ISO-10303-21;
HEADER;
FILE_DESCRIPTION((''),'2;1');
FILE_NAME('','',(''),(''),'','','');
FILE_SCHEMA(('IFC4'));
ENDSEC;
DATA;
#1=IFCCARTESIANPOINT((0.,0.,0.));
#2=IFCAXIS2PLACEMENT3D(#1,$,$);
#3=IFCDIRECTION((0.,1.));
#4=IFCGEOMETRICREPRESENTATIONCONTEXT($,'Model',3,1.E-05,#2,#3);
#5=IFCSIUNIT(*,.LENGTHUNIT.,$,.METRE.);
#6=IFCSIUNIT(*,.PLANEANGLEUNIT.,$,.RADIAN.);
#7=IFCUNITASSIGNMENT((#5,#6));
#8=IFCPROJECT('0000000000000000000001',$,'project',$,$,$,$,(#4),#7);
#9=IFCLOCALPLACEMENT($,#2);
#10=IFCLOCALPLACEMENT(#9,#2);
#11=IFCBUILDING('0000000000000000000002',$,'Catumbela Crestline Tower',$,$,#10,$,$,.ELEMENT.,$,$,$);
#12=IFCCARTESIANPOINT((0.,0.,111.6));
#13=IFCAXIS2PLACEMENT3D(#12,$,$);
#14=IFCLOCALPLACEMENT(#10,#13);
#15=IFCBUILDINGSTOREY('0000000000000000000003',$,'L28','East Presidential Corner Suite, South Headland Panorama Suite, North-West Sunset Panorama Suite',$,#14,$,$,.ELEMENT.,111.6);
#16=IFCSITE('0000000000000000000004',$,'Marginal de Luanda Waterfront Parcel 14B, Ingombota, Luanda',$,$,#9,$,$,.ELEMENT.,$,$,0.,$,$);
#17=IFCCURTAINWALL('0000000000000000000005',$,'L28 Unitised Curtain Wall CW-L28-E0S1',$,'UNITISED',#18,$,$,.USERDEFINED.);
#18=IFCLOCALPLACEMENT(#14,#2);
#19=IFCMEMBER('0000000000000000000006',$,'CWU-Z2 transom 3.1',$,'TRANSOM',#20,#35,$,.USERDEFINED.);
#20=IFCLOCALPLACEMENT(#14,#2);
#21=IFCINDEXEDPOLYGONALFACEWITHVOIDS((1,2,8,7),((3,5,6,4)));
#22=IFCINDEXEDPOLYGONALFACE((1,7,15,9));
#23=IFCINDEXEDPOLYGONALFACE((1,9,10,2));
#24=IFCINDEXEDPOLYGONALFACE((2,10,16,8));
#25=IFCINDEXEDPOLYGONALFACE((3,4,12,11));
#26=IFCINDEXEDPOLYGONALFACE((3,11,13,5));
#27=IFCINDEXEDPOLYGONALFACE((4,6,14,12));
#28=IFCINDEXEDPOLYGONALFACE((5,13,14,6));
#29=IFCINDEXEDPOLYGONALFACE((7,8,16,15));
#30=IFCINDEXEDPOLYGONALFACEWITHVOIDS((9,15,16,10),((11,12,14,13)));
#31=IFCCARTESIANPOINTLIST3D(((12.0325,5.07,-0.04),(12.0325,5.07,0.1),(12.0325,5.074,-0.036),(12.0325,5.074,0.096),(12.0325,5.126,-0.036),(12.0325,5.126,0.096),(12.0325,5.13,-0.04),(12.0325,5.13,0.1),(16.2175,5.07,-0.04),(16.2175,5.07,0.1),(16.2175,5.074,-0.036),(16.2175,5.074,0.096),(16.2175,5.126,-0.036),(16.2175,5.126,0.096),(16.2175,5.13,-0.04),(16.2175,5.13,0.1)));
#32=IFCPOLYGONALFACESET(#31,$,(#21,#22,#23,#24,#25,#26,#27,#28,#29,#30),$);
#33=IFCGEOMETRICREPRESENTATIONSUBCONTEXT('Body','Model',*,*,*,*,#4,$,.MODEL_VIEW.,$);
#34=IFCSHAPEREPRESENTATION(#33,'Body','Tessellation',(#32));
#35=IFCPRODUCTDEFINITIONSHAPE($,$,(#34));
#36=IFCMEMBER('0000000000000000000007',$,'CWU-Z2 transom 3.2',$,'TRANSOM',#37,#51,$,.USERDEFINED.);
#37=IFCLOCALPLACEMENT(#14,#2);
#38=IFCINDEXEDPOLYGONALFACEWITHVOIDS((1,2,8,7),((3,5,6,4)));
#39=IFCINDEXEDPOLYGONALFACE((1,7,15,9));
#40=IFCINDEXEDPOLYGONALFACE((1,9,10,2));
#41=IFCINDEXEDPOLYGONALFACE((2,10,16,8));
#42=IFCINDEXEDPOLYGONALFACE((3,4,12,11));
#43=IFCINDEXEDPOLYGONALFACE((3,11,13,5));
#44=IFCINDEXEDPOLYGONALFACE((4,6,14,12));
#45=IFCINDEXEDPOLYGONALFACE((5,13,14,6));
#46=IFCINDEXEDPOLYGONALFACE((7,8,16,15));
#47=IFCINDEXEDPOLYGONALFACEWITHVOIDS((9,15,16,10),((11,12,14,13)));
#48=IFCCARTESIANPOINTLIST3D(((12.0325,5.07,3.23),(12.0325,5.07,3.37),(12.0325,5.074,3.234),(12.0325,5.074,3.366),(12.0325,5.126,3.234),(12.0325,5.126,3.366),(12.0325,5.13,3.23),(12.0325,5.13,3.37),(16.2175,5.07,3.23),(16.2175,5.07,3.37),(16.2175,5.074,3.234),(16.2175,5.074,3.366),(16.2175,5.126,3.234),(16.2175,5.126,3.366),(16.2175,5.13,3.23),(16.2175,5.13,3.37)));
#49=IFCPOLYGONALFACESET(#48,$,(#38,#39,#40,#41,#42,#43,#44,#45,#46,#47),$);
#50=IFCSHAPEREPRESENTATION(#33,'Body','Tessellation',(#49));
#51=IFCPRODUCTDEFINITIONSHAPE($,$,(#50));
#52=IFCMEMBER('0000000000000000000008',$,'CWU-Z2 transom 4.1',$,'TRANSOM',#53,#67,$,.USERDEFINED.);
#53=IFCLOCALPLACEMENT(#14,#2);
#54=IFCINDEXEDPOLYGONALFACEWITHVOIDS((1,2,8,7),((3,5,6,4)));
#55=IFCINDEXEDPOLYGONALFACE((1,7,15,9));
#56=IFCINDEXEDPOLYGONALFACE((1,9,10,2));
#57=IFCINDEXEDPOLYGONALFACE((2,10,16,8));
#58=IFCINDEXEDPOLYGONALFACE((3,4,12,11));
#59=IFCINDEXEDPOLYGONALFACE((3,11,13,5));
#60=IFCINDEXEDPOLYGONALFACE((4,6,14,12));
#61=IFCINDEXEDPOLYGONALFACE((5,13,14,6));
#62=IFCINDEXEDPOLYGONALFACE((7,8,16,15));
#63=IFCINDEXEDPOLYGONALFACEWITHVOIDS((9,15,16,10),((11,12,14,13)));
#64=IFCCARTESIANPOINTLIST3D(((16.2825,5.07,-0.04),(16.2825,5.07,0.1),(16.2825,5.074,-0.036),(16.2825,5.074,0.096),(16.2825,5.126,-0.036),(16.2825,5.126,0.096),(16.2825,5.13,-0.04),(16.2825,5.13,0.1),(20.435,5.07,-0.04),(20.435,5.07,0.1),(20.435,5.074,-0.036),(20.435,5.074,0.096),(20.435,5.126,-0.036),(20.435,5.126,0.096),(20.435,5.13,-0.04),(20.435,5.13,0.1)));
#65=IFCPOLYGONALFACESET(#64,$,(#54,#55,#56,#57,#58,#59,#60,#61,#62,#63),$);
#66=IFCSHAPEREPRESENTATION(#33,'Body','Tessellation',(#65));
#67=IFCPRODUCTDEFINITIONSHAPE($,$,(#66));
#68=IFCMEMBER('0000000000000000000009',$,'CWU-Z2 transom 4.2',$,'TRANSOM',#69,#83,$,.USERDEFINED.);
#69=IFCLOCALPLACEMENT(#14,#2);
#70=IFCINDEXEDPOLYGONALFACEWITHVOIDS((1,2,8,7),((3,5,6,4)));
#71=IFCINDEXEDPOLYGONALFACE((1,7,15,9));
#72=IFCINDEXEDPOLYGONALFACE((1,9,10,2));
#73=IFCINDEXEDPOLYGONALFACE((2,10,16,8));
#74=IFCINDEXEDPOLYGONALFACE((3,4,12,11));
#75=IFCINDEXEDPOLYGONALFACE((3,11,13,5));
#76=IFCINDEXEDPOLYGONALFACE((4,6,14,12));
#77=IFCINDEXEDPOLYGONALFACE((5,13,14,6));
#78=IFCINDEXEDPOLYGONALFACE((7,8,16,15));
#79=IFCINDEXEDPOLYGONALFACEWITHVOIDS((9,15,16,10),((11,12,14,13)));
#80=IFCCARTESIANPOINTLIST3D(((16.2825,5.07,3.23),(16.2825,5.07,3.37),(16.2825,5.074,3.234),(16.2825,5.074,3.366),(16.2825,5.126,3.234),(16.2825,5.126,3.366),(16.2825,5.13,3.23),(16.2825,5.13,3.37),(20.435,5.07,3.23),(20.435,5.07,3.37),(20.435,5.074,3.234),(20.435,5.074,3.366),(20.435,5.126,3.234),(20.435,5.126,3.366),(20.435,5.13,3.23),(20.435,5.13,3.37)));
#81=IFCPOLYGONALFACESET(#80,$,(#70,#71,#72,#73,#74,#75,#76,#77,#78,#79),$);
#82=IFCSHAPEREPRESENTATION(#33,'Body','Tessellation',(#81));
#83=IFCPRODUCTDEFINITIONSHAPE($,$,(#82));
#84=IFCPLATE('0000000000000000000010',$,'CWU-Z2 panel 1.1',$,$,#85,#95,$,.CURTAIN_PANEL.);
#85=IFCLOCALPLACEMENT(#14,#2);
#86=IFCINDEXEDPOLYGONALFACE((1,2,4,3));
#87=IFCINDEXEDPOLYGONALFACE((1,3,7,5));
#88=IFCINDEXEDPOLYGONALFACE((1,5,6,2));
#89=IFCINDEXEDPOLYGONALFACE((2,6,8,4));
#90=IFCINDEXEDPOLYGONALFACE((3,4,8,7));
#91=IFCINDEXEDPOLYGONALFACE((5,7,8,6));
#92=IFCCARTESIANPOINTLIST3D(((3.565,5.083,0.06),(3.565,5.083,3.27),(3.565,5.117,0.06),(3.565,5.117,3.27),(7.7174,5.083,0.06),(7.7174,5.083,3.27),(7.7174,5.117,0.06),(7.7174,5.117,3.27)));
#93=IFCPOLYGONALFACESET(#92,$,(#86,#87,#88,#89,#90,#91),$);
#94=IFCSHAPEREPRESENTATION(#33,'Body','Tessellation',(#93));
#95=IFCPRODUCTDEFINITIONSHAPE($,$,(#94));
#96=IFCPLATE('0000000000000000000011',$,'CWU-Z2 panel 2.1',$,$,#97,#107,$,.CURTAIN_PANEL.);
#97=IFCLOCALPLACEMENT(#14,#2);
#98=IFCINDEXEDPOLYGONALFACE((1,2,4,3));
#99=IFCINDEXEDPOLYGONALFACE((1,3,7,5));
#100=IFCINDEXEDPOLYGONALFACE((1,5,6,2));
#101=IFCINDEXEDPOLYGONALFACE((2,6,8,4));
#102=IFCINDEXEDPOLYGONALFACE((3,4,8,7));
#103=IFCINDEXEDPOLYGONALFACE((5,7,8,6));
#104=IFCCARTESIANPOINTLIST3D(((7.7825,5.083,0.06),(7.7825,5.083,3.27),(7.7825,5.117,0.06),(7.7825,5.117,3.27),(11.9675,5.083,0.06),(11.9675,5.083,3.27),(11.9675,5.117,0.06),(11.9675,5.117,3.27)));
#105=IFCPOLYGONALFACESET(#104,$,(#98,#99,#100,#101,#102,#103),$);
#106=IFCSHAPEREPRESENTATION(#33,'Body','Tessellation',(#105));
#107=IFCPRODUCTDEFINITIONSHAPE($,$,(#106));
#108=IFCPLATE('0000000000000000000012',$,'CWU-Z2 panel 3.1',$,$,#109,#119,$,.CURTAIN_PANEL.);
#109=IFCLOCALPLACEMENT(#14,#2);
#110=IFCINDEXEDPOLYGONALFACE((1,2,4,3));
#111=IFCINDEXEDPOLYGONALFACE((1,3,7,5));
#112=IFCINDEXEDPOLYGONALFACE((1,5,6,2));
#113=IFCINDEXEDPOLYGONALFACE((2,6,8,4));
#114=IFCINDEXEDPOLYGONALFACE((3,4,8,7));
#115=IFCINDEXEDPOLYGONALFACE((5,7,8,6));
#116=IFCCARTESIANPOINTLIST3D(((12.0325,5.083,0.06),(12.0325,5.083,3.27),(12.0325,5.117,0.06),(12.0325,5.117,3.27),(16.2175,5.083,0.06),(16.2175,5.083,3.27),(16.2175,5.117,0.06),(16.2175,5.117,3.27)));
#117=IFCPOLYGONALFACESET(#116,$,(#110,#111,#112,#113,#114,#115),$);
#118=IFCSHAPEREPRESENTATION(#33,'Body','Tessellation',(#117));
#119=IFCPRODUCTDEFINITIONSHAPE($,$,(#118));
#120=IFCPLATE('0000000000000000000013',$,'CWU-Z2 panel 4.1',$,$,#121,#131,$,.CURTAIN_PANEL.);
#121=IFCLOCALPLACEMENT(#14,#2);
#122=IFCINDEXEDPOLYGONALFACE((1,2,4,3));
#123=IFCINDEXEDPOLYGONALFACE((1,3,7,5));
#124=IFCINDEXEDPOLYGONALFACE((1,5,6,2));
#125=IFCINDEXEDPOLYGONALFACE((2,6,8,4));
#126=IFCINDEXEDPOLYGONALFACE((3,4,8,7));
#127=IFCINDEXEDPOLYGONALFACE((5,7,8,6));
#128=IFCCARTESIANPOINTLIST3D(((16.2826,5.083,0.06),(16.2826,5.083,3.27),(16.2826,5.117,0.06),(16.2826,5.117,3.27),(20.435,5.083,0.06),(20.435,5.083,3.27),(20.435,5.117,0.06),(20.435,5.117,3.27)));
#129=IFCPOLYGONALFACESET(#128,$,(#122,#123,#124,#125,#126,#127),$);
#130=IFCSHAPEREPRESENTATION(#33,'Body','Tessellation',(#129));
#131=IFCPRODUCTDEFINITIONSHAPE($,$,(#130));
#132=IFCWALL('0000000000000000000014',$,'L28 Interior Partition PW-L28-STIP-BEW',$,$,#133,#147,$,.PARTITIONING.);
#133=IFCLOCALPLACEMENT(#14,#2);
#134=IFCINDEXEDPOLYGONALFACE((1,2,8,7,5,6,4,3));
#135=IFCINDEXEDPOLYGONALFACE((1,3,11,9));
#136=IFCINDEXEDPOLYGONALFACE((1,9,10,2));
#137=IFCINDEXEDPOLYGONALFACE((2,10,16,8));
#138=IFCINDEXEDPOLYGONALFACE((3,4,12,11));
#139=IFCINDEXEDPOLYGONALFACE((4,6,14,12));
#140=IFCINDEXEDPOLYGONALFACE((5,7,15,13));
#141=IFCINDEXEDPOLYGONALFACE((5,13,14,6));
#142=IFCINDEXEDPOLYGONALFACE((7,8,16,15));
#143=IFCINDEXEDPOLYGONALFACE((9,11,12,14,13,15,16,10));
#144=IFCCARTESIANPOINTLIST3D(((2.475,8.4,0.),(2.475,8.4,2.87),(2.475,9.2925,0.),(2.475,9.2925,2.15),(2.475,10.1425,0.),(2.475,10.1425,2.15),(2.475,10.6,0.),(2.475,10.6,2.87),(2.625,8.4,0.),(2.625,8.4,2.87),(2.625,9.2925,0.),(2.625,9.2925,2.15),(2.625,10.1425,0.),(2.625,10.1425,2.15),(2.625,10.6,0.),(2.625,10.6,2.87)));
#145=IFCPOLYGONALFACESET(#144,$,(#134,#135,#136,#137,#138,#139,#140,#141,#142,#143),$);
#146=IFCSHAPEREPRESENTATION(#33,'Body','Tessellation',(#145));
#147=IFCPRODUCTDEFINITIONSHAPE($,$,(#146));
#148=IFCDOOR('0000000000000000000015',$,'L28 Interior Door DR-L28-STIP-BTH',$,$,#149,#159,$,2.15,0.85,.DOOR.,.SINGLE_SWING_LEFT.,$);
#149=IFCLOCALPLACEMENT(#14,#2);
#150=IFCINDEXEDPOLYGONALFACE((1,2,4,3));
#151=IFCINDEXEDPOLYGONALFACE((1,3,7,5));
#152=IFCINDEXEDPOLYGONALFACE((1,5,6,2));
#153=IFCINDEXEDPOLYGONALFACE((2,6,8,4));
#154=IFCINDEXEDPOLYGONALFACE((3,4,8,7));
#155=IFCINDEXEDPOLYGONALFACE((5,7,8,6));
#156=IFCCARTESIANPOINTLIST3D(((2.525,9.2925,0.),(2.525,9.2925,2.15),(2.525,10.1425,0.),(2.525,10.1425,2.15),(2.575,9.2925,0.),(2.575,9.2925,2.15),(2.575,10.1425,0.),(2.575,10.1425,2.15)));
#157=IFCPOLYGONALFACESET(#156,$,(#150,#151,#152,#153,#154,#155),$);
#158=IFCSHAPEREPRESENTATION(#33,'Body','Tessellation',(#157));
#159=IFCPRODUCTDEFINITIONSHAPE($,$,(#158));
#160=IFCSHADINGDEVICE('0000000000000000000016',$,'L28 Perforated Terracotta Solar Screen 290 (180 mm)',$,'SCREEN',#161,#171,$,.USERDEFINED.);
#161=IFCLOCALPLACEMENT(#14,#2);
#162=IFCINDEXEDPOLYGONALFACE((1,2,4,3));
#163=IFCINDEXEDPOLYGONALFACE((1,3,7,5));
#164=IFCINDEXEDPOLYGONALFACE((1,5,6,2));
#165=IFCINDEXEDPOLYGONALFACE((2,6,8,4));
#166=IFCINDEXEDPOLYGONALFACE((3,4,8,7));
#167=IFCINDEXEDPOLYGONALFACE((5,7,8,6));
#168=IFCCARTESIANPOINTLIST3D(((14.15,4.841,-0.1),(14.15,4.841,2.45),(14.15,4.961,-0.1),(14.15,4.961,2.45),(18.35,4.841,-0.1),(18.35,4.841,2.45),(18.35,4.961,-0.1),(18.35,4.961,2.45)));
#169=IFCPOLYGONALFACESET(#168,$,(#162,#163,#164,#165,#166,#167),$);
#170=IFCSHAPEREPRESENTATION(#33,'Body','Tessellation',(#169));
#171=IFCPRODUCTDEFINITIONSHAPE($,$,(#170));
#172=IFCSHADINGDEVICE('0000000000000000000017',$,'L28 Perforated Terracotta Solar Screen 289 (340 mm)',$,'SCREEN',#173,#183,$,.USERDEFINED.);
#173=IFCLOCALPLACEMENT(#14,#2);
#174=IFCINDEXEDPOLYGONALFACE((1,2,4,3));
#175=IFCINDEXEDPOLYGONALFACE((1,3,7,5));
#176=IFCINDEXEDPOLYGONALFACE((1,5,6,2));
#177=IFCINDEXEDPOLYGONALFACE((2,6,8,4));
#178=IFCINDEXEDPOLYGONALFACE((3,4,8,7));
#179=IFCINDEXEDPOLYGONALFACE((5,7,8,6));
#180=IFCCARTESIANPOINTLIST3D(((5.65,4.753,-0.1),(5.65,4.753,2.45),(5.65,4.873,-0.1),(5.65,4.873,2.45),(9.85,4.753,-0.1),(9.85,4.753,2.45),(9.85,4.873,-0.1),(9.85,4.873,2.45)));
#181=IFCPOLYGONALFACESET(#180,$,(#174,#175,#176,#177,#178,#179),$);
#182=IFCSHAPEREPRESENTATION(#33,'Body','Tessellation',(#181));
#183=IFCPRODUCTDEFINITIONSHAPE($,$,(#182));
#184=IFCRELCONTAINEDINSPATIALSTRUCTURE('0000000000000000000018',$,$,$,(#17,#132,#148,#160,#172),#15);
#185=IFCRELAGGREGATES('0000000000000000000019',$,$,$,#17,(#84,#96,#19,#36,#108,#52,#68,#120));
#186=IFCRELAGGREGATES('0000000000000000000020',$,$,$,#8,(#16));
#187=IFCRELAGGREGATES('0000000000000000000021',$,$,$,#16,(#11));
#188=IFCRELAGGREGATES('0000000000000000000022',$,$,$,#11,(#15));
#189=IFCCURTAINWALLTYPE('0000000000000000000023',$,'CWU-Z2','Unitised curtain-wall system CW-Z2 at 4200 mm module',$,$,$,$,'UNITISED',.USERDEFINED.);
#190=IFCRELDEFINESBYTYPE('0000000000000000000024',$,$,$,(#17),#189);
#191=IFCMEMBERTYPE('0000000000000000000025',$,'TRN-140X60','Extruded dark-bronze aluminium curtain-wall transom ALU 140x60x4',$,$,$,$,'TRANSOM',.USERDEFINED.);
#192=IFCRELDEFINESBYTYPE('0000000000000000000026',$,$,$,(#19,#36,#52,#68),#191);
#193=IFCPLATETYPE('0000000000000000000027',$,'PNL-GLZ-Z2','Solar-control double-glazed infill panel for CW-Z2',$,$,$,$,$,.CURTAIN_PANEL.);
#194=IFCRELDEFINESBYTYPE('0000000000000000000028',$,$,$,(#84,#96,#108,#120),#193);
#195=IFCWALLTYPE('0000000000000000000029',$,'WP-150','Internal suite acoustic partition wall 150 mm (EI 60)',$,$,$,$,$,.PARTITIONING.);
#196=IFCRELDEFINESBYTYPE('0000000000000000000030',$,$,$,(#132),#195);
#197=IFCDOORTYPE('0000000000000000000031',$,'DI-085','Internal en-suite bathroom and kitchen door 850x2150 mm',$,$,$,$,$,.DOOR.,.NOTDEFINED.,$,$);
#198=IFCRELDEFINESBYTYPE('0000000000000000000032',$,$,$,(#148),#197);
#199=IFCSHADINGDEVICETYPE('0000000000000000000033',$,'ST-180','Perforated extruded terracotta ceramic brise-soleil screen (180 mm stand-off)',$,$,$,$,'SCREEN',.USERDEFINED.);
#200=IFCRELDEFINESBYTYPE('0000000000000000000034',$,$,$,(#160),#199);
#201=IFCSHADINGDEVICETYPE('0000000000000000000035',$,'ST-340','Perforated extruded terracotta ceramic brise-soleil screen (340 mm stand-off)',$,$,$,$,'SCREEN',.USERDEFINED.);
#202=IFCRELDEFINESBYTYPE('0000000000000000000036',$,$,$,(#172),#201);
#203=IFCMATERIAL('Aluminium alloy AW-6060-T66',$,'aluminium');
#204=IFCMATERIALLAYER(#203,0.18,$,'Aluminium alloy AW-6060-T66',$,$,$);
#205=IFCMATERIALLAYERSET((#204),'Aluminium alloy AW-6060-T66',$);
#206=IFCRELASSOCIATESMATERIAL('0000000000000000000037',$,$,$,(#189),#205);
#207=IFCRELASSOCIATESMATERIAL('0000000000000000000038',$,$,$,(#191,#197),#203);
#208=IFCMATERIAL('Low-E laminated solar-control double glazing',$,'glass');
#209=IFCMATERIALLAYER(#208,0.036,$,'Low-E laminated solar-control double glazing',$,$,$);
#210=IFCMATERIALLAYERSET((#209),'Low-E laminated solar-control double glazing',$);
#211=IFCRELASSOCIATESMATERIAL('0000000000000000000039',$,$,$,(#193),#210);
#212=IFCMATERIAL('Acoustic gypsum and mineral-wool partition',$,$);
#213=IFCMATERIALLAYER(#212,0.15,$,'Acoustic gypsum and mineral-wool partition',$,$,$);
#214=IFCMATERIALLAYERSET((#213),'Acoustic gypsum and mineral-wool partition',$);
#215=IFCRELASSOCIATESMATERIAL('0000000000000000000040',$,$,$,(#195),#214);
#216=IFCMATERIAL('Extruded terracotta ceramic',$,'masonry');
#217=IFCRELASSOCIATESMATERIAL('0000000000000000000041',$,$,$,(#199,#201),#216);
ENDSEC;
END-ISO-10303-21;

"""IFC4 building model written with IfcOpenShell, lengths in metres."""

from ifc_helpers import new_model, si_unit, direction, frame, frame_2d, origin, origin_2d, place, context, subcontext, project, spatial, rectangle, hollow_rectangle, extrude, material, layer, layer_set, material_profile, profile_set, type_object, element, fill, aggregate, save


model = new_model("IFC4")

# Units and contexts
model_context = context("Model", 3, precision=1e-05, world=origin(), true_north=direction((0.0, 1.0)))
body_context = subcontext(model_context, "Body", "Model", "MODEL_VIEW")
ifc_project = project(units=[si_unit("LENGTHUNIT", "METRE"), si_unit("PLANEANGLEUNIT", "RADIAN")], contexts=[model_context])

# Site, building, storey
site_placement = place(None, origin())
site = spatial("IfcSite", under=ifc_project, at=site_placement, Name="Marginal de Luanda Waterfront Parcel 14B, Ingombota, Luanda", CompositionType="ELEMENT", RefElevation=0.0)
building_placement = place(site_placement, origin())
building = spatial("IfcBuilding", under=site, at=building_placement, Name="Catumbela Crestline Tower", CompositionType="ELEMENT")
storey_placement = place(building_placement, frame((0.0, 0.0, 111.6)))
storey = spatial("IfcBuildingStorey", under=building, at=storey_placement, Name="L28", Description="East Presidential Corner Suite, South Headland Panorama Suite, North-West Sunset Panorama Suite", CompositionType="ELEMENT", Elevation=111.6)

# Curtain wall, members, plates
ifc_material_1 = material(Name="Aluminium alloy AW-6060-T66", Category="aluminium")
ifc_layer_1 = layer(ifc_material_1, 0.18, Name="Aluminium alloy AW-6060-T66")
ifc_layer_set_1 = layer_set([ifc_layer_1], Name="Aluminium alloy AW-6060-T66")
curtain_wall_type = type_object("IfcCurtainWallType", Name="CWU-Z2", Description="Unitised curtain-wall system CW-Z2 at 4200 mm module", ElementType="UNITISED", PredefinedType="USERDEFINED", material=ifc_layer_set_1)
curtain_wall_placement = place(storey_placement, origin())
curtain_wall = element("IfcCurtainWall", 1, at=curtain_wall_placement, inside=storey, type_object=curtain_wall_type, Name="L28 Unitised Curtain Wall CW-L28-E0S1", ObjectType="UNITISED", PredefinedType="USERDEFINED")
ifc_material_profile_1 = material_profile(ifc_material_1, hollow_rectangle(XDim=0.06, YDim=0.14, WallThickness=0.004, at=origin_2d()), Name="ALU 140x60x4")
ifc_profile_set_1 = profile_set([ifc_material_profile_1], Name="Aluminium alloy AW-6060-T66")
member_type_1 = type_object("IfcMemberType", Name="TRN-140X60", Description="Extruded dark-bronze aluminium curtain-wall transom ALU 140x60x4", ElementType="TRANSOM", PredefinedType="USERDEFINED", material=ifc_profile_set_1)
member_1_placement = place(storey_placement, frame((12.0325, 5.1, 0.03), z_axis=(1.0, 0.0, 0.0), x_axis=(0.0, 1.0, 0.0)))
member_1 = element("IfcMember", 2, at=member_1_placement, type_object=member_type_1, Name="CWU-Z2 transom 3.1", ObjectType="TRANSOM", PredefinedType="USERDEFINED", context=body_context, shape_type="SweptSolid", body=[
    extrude(hollow_rectangle(XDim=0.06, YDim=0.14, WallThickness=0.004, at=origin_2d()), origin(), (0.0, 0.0, 1.0), 4.185),
])
member_2_placement = place(storey_placement, frame((12.0325, 5.1, 3.3), z_axis=(1.0, 0.0, 0.0), x_axis=(0.0, 1.0, 0.0)))
member_2 = element("IfcMember", 3, at=member_2_placement, type_object=member_type_1, Name="CWU-Z2 transom 3.2", ObjectType="TRANSOM", PredefinedType="USERDEFINED", context=body_context, shape_type="SweptSolid", body=[
    extrude(hollow_rectangle(XDim=0.06, YDim=0.14, WallThickness=0.004, at=origin_2d()), origin(), (0.0, 0.0, 1.0), 4.185),
])
member_3_placement = place(storey_placement, frame((16.2825, 5.1, 0.03), z_axis=(1.0, 0.0, 0.0), x_axis=(0.0, 1.0, 0.0)))
member_3 = element("IfcMember", 4, at=member_3_placement, type_object=member_type_1, Name="CWU-Z2 transom 4.1", ObjectType="TRANSOM", PredefinedType="USERDEFINED", context=body_context, shape_type="SweptSolid", body=[
    extrude(hollow_rectangle(XDim=0.06, YDim=0.14, WallThickness=0.004, at=origin_2d()), origin(), (0.0, 0.0, 1.0), 4.1525),
])
member_4_placement = place(storey_placement, frame((16.2825, 5.1, 3.3), z_axis=(1.0, 0.0, 0.0), x_axis=(0.0, 1.0, 0.0)))
member_4 = element("IfcMember", 5, at=member_4_placement, type_object=member_type_1, Name="CWU-Z2 transom 4.2", ObjectType="TRANSOM", PredefinedType="USERDEFINED", context=body_context, shape_type="SweptSolid", body=[
    extrude(hollow_rectangle(XDim=0.06, YDim=0.14, WallThickness=0.004, at=origin_2d()), origin(), (0.0, 0.0, 1.0), 4.1525),
])
ifc_material_2 = material(Name="Low-E laminated solar-control double glazing", Category="glass")
ifc_layer_2 = layer(ifc_material_2, 0.036, Name="Low-E laminated solar-control double glazing")
ifc_layer_set_2 = layer_set([ifc_layer_2], Name="Low-E laminated solar-control double glazing")
plate_type = type_object("IfcPlateType", Name="PNL-GLZ-Z2", Description="Solar-control double-glazed infill panel for CW-Z2", PredefinedType="CURTAIN_PANEL", material=ifc_layer_set_2)
plate_1_placement = place(storey_placement, frame((5.6412, 5.1, 0.06), z_axis=(0.0, 0.0, 1.0), x_axis=(1.0, 0.0, 0.0)))
plate_1 = element("IfcPlate", 6, at=plate_1_placement, type_object=plate_type, Name="CWU-Z2 panel 1.1", PredefinedType="CURTAIN_PANEL", context=body_context, shape_type="SweptSolid", body=[
    extrude(rectangle(XDim=4.1525, YDim=0.034, at=origin_2d()), origin(), (0.0, 0.0, 1.0), 3.21),
])
plate_2_placement = place(storey_placement, frame((9.875, 5.1, 0.06), z_axis=(0.0, 0.0, 1.0), x_axis=(1.0, 0.0, 0.0)))
plate_2 = element("IfcPlate", 7, at=plate_2_placement, type_object=plate_type, Name="CWU-Z2 panel 2.1", PredefinedType="CURTAIN_PANEL", context=body_context, shape_type="SweptSolid", body=[
    extrude(rectangle(XDim=4.185, YDim=0.034, at=origin_2d()), origin(), (0.0, 0.0, 1.0), 3.21),
])
plate_3_placement = place(storey_placement, frame((14.125, 5.1, 0.06), z_axis=(0.0, 0.0, 1.0), x_axis=(1.0, 0.0, 0.0)))
plate_3 = element("IfcPlate", 8, at=plate_3_placement, type_object=plate_type, Name="CWU-Z2 panel 3.1", PredefinedType="CURTAIN_PANEL", context=body_context, shape_type="SweptSolid", body=[
    extrude(rectangle(XDim=4.185, YDim=0.034, at=origin_2d()), origin(), (0.0, 0.0, 1.0), 3.21),
])
plate_4_placement = place(storey_placement, frame((18.3588, 5.1, 0.06), z_axis=(0.0, 0.0, 1.0), x_axis=(1.0, 0.0, 0.0)))
plate_4 = element("IfcPlate", 9, at=plate_4_placement, type_object=plate_type, Name="CWU-Z2 panel 4.1", PredefinedType="CURTAIN_PANEL", context=body_context, shape_type="SweptSolid", body=[
    extrude(rectangle(XDim=4.1525, YDim=0.034, at=origin_2d()), origin(), (0.0, 0.0, 1.0), 3.21),
])
aggregate(curtain_wall, [plate_1, plate_2, member_1, member_2, plate_3, member_3, member_4, plate_4])

# Wall, opening, door
ifc_material_3 = material(Name="Acoustic gypsum and mineral-wool partition")
ifc_layer_3 = layer(ifc_material_3, 0.15, Name="Acoustic gypsum and mineral-wool partition")
ifc_layer_set_3 = layer_set([ifc_layer_3], Name="Acoustic gypsum and mineral-wool partition")
wall_type = type_object("IfcWallType", Name="WP-150", Description="Internal suite acoustic partition wall 150 mm (EI 60)", PredefinedType="PARTITIONING", material=ifc_layer_set_3)
wall_placement = place(storey_placement, frame((2.55, 8.4, 0.0), z_axis=(0.0, 0.0, 1.0), x_axis=(0.0, 1.0, 0.0)))
wall = element("IfcWall", 10, at=wall_placement, inside=storey, type_object=wall_type, Name="L28 Interior Partition PW-L28-STIP-BEW", PredefinedType="PARTITIONING", context=body_context, shape_type="SweptSolid", body=[
    extrude(rectangle(XDim=2.2, YDim=0.15, at=frame_2d((1.1, 0.0))), origin(), (0.0, 0.0, 1.0), 2.87),
])
opening_placement = place(wall_placement, frame((0.8925, 0.0, 0.0)))
opening = element("IfcOpeningElement", 11, at=opening_placement, cuts=wall, PredefinedType="OPENING", context=body_context, shape_type="SweptSolid", body=[
    extrude(rectangle(XDim=0.85, YDim=2.15, at=frame_2d((0.425, 1.075))), frame((0.0, 0.085, 0.0), z_axis=(0.0, -1.0, 0.0), x_axis=(1.0, 0.0, 0.0)), (0.0, 0.0, 1.0), 0.17),
])
door_type = type_object("IfcDoorType", Name="DI-085", Description="Internal en-suite bathroom and kitchen door 850x2150 mm", OperationType="NOTDEFINED", PredefinedType="DOOR", material=ifc_material_1)
door_placement = place(opening_placement, origin())
door = element("IfcDoor", 12, at=door_placement, inside=storey, type_object=door_type, Name="L28 Interior Door DR-L28-STIP-BTH", OperationType="SINGLE_SWING_LEFT", OverallHeight=2.15, OverallWidth=0.85, PredefinedType="DOOR", context=body_context, shape_type="SweptSolid", body=[
    extrude(rectangle(XDim=0.85, YDim=2.15, at=frame_2d((0.425, 1.075))), frame((0.0, 0.025, 0.0), z_axis=(0.0, -1.0, 0.0), x_axis=(1.0, 0.0, 0.0)), (0.0, 0.0, 1.0), 0.05),
])
fill(opening, door)

# Shading devices
ifc_material_4 = material(Name="Extruded terracotta ceramic", Category="masonry")
shading_device_type_1 = type_object("IfcShadingDeviceType", Name="ST-180", Description="Perforated extruded terracotta ceramic brise-soleil screen (180 mm stand-off)", ElementType="SCREEN", PredefinedType="USERDEFINED", material=ifc_material_4)
shading_device_1_placement = place(storey_placement, frame((16.25, 4.901, -0.1), z_axis=(0.0, 0.0, 1.0), x_axis=(1.0, 0.0, 0.0)))
element("IfcShadingDevice", 13, at=shading_device_1_placement, inside=storey, type_object=shading_device_type_1, Name="L28 Perforated Terracotta Solar Screen 290 (180 mm)", ObjectType="SCREEN", PredefinedType="USERDEFINED", context=body_context, shape_type="SweptSolid", body=[
    extrude(rectangle(XDim=4.2, YDim=0.12, at=origin_2d()), origin(), (0.0, 0.0, 1.0), 2.55),
])
shading_device_type_2 = type_object("IfcShadingDeviceType", Name="ST-340", Description="Perforated extruded terracotta ceramic brise-soleil screen (340 mm stand-off)", ElementType="SCREEN", PredefinedType="USERDEFINED", material=ifc_material_4)
shading_device_2_placement = place(storey_placement, frame((7.75, 4.813, -0.1), z_axis=(0.0, 0.0, 1.0), x_axis=(1.0, 0.0, 0.0)))
element("IfcShadingDevice", 14, at=shading_device_2_placement, inside=storey, type_object=shading_device_type_2, Name="L28 Perforated Terracotta Solar Screen 289 (340 mm)", ObjectType="SCREEN", PredefinedType="USERDEFINED", context=body_context, shape_type="SweptSolid", body=[
    extrude(rectangle(XDim=4.2, YDim=0.12, at=origin_2d()), origin(), (0.0, 0.0, 1.0), 2.55),
])

save(model, "model.ifc")
